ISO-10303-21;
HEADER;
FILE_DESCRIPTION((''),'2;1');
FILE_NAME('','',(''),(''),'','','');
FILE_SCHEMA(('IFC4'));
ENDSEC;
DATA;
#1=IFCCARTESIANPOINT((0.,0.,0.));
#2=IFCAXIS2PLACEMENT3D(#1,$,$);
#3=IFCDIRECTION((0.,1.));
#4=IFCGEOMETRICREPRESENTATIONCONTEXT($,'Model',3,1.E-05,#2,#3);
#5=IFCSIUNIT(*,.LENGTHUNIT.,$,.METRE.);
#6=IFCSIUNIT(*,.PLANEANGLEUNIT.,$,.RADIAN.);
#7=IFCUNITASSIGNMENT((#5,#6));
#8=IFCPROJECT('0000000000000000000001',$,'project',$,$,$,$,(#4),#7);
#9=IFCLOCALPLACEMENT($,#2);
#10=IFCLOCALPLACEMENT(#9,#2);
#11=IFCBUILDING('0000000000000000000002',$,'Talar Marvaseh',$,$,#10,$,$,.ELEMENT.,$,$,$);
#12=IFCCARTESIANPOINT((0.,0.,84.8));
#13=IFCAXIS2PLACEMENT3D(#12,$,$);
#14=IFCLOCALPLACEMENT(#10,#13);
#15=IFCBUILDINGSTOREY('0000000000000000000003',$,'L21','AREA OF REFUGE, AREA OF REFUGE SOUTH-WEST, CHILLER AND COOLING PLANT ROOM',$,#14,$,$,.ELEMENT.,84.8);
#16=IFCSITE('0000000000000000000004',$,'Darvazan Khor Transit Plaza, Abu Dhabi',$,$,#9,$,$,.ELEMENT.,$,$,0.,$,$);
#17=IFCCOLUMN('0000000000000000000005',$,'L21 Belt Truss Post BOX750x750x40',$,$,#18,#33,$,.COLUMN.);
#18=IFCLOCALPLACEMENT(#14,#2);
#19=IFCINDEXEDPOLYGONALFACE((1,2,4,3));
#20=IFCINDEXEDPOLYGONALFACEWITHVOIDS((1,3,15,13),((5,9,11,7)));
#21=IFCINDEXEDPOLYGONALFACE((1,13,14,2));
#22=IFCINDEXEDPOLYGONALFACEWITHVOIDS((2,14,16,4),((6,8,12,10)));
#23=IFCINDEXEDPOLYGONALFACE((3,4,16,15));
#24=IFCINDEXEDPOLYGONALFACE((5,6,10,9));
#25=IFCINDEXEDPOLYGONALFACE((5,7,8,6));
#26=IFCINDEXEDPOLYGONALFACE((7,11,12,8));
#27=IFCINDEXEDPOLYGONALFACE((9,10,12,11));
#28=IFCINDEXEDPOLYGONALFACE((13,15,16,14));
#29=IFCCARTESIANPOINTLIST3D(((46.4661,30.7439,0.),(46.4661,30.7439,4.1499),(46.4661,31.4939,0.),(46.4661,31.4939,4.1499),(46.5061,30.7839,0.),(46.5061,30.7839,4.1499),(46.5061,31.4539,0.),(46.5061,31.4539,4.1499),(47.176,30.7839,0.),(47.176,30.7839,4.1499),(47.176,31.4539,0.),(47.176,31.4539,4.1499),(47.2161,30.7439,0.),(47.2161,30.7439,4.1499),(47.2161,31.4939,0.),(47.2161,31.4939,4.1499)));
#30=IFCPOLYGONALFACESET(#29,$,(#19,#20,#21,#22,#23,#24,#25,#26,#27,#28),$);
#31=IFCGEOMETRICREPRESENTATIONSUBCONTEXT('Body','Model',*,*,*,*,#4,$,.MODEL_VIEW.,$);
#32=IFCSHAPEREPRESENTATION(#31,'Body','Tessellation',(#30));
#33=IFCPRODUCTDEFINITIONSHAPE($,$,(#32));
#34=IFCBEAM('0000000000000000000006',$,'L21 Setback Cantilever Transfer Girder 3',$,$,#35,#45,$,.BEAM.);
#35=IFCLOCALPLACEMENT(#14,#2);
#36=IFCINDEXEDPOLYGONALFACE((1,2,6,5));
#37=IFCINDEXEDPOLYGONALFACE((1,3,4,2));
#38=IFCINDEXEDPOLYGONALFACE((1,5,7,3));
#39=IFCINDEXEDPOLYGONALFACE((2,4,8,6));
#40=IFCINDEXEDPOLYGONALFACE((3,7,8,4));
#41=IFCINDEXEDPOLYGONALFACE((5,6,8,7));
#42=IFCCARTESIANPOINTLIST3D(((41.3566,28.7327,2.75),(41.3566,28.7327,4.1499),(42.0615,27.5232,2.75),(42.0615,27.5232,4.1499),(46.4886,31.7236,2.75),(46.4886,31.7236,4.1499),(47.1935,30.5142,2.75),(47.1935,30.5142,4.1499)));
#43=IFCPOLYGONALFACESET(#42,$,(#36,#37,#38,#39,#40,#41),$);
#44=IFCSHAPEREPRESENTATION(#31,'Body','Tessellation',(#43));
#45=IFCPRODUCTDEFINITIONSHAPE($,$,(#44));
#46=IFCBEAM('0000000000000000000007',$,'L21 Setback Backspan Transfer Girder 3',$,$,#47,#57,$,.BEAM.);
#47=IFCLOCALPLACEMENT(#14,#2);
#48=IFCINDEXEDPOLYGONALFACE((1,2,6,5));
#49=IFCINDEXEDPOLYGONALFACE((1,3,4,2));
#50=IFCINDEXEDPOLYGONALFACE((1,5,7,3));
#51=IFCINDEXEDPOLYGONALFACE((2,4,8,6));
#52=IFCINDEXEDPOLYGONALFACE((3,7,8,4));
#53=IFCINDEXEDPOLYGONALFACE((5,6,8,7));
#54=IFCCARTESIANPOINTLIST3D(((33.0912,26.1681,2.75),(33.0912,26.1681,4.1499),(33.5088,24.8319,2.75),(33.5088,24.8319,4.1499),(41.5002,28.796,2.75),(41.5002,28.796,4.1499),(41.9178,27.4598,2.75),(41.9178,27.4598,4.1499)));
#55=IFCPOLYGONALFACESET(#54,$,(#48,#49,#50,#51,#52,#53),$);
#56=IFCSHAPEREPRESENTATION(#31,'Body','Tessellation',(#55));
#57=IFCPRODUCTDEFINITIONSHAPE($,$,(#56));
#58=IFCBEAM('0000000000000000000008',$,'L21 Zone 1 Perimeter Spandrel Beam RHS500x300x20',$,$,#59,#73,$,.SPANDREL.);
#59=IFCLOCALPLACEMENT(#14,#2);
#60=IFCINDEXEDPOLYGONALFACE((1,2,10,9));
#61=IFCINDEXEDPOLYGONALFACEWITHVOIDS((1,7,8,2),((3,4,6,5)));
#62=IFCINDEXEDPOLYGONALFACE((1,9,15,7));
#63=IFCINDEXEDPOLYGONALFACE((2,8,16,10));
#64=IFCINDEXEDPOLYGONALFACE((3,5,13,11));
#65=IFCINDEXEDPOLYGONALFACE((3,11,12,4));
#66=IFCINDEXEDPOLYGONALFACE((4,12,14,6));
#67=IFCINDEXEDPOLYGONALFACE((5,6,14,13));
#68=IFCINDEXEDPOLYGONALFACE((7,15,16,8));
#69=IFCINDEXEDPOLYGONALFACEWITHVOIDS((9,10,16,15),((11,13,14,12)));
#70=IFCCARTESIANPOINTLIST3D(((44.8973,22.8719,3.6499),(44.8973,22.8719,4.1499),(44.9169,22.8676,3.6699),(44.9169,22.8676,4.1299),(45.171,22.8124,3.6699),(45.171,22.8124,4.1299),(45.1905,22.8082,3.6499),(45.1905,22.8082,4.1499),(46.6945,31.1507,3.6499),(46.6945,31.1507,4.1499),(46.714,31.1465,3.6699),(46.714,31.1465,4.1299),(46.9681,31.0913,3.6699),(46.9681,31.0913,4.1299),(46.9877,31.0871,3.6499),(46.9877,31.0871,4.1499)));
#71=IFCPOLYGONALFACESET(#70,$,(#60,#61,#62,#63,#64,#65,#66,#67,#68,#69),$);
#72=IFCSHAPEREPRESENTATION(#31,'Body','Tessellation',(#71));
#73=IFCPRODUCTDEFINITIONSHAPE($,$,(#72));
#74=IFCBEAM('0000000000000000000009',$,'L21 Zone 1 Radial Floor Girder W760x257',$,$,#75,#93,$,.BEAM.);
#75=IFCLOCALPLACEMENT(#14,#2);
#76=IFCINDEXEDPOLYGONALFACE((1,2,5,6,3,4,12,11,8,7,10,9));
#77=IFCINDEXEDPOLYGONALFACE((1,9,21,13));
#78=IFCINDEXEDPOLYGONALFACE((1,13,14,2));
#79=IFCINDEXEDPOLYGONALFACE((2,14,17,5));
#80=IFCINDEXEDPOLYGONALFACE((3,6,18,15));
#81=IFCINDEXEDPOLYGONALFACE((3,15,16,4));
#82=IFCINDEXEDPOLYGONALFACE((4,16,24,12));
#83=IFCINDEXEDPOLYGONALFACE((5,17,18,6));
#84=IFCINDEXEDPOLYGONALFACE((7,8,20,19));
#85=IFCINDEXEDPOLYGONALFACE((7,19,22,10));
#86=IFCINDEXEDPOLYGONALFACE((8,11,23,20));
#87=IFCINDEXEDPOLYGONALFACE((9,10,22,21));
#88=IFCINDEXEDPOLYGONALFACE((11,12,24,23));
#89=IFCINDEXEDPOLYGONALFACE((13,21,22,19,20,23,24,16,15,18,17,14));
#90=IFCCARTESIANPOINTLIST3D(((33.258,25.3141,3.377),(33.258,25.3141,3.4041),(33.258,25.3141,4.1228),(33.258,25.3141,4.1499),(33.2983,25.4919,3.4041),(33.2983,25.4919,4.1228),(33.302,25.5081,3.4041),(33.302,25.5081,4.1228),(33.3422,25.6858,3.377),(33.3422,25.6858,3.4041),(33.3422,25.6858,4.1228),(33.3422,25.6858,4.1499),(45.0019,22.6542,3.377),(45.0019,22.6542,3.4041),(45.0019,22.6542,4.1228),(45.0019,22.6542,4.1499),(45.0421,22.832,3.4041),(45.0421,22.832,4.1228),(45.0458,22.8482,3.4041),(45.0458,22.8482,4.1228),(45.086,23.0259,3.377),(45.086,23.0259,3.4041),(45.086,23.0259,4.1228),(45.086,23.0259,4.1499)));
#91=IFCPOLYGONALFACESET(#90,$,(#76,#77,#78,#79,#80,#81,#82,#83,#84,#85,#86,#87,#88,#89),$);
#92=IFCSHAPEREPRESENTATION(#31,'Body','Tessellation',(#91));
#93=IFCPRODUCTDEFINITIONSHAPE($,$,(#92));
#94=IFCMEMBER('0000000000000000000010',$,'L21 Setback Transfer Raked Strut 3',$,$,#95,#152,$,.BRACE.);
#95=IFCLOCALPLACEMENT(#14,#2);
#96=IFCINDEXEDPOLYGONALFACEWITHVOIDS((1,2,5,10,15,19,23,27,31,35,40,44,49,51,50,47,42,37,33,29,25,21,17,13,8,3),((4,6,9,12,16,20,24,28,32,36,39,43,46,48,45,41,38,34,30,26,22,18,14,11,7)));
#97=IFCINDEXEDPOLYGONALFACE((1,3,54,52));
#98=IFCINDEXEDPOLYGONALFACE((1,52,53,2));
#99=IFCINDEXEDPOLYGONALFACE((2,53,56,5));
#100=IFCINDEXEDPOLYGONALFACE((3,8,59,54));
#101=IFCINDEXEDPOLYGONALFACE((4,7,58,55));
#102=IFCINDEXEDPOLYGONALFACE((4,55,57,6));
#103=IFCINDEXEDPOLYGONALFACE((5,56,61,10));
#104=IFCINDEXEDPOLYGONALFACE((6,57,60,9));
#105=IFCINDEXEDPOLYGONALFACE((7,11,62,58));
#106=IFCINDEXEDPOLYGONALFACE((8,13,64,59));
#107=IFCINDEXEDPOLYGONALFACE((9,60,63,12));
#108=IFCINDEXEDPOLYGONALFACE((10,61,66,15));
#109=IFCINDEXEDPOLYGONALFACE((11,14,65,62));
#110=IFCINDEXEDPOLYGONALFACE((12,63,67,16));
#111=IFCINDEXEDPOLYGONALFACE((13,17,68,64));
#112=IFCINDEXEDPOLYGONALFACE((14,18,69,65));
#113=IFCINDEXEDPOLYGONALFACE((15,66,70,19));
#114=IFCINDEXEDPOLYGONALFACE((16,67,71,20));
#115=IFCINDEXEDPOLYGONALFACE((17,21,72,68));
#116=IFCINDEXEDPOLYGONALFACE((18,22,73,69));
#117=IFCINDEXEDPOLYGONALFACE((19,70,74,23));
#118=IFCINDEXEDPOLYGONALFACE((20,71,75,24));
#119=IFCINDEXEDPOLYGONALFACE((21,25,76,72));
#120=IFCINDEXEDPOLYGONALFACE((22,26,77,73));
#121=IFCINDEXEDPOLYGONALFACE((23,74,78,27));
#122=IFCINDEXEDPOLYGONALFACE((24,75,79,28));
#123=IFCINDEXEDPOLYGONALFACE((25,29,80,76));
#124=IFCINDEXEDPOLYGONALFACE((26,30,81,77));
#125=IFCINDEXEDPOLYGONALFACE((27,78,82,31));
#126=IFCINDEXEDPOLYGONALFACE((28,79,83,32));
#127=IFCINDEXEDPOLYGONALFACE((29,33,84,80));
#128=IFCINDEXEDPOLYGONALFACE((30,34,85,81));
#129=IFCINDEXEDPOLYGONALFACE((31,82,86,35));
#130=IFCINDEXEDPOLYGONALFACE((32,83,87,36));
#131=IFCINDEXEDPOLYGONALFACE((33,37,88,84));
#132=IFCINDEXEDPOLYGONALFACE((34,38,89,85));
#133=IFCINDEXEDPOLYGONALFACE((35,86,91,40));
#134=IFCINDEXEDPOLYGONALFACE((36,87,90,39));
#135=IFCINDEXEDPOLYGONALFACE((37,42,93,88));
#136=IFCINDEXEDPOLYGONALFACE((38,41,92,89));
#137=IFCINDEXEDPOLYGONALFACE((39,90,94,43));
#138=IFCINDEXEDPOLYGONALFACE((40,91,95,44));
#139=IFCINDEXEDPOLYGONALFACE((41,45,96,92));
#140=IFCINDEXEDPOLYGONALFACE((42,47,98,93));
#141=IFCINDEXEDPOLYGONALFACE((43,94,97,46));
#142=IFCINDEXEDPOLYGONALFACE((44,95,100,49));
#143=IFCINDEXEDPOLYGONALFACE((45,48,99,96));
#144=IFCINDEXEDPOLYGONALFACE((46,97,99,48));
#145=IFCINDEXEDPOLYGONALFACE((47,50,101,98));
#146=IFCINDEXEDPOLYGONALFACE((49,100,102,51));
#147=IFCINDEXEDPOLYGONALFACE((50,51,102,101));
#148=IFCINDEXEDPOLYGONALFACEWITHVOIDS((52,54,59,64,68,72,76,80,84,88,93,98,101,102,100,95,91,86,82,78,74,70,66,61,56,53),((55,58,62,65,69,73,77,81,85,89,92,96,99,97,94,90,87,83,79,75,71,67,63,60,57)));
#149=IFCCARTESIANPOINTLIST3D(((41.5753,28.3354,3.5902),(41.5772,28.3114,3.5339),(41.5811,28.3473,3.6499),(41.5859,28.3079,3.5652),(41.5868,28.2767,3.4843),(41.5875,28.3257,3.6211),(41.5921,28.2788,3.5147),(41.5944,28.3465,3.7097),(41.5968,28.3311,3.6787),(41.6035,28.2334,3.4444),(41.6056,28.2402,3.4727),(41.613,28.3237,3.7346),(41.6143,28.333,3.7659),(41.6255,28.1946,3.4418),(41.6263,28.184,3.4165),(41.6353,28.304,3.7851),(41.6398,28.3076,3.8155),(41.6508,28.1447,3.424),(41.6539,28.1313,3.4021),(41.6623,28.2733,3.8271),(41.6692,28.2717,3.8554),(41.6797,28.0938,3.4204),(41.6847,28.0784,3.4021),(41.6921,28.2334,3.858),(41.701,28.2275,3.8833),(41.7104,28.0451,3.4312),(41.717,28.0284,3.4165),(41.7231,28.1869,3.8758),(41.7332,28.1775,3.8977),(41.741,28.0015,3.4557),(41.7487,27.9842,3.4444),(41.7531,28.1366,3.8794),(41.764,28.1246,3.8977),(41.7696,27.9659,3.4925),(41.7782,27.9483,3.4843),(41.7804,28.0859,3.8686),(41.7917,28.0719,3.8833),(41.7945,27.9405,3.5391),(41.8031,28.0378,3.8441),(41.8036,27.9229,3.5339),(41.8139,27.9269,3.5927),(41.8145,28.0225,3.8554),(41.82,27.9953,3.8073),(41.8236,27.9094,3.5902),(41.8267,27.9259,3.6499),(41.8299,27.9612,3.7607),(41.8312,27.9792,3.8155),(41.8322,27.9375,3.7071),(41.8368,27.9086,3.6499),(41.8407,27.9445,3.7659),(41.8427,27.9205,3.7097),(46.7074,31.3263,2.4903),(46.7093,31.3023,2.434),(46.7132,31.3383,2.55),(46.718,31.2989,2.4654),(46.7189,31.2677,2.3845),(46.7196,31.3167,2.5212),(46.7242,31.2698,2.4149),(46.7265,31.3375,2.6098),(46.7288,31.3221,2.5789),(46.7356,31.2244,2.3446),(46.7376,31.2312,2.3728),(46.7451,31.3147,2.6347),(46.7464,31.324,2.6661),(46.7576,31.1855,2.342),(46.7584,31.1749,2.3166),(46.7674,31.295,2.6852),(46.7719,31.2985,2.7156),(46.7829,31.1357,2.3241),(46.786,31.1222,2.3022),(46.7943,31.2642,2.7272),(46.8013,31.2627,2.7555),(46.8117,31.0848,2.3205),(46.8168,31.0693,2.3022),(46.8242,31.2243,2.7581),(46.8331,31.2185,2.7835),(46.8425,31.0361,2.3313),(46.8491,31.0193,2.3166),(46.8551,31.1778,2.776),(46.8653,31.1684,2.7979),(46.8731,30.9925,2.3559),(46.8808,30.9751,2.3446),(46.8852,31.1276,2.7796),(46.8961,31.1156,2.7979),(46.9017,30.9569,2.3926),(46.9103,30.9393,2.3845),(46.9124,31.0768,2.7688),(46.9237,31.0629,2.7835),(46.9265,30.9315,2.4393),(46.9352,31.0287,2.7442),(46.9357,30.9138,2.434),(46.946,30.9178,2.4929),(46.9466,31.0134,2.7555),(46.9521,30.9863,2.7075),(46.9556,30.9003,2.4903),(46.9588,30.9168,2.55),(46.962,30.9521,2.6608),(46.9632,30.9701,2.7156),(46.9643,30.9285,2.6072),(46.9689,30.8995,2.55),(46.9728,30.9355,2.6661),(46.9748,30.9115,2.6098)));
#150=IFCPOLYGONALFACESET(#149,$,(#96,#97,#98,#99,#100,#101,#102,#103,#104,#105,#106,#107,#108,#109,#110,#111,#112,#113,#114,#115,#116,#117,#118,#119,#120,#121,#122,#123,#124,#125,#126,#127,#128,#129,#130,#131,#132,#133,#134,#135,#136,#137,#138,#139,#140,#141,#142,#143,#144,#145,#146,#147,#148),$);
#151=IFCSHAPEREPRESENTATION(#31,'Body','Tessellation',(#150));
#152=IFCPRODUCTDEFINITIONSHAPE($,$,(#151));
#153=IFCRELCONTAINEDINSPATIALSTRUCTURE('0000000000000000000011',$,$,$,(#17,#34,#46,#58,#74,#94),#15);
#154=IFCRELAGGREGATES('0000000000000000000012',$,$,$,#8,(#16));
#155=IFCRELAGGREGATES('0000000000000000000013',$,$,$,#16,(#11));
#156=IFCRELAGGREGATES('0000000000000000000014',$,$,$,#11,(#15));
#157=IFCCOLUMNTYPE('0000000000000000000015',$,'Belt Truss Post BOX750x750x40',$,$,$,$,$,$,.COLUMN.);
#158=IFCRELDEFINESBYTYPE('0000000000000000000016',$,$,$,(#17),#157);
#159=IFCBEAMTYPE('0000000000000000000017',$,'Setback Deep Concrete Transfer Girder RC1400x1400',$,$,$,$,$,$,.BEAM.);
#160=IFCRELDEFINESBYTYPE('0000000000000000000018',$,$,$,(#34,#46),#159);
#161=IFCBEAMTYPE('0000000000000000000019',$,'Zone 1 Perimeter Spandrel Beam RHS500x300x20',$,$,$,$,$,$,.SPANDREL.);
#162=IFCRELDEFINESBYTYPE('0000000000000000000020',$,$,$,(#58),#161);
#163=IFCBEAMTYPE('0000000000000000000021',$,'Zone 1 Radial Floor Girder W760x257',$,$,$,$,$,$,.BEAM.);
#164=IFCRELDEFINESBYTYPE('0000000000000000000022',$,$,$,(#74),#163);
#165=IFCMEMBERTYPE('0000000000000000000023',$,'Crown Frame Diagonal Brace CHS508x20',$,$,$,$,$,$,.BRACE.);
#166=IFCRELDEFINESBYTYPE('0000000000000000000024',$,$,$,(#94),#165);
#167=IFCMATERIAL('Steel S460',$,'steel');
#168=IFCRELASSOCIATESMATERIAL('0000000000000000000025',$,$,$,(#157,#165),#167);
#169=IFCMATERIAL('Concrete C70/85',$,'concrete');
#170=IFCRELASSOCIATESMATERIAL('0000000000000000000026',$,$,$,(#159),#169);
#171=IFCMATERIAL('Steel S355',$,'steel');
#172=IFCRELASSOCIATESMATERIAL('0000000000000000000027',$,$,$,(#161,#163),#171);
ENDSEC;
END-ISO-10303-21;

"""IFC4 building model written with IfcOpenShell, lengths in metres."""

from ifc_helpers import new_model, si_unit, direction, frame, origin, origin_2d, place, context, subcontext, project, spatial, rectangle, hollow_rectangle, hollow_circle, i_section, extrude, source, transform, mapped, material, material_profile, profile_set, type_object, type_shapes, element, save


model = new_model("IFC4")

# Units and contexts
model_context = context("Model", 3, precision=1e-05, world=origin(), true_north=direction((0.0, 1.0)))
body_context = subcontext(model_context, "Body", "Model", "MODEL_VIEW")
ifc_project = project(units=[si_unit("LENGTHUNIT", "METRE"), si_unit("PLANEANGLEUNIT", "RADIAN")], contexts=[model_context])

# Site, building, storey
site_placement = place(None, origin())
site = spatial("IfcSite", under=ifc_project, at=site_placement, Name="Darvazan Khor Transit Plaza, Abu Dhabi", CompositionType="ELEMENT", RefElevation=0.0)
building_placement = place(site_placement, origin())
building = spatial("IfcBuilding", under=site, at=building_placement, Name="Talar Marvaseh", CompositionType="ELEMENT")
storey_placement = place(building_placement, frame((0.0, 0.0, 84.8)))
storey = spatial("IfcBuildingStorey", under=building, at=storey_placement, Name="L21", Description="AREA OF REFUGE, AREA OF REFUGE SOUTH-WEST, CHILLER AND COOLING PLANT ROOM", CompositionType="ELEMENT", Elevation=84.8)

# Column
ifc_material_1 = material(Name="Steel S460", Category="steel")
ifc_material_profile_1 = material_profile(ifc_material_1, hollow_rectangle(XDim=0.75, YDim=0.75, WallThickness=0.04, at=origin_2d()), Name="BOX750x750x40")
ifc_profile_set_1 = profile_set([ifc_material_profile_1], Name="Steel S460")
column_type = type_object("IfcColumnType", Name="Belt Truss Post BOX750x750x40", PredefinedType="COLUMN", material=ifc_profile_set_1)
column_placement = place(storey_placement, frame((46.8411, 31.1189, 0.0), z_axis=(0.0, 0.0, 1.0), x_axis=(1.0, 0.0, 0.0)))
element("IfcColumn", 1, at=column_placement, inside=storey, type_object=column_type, Name="L21 Belt Truss Post BOX750x750x40", PredefinedType="COLUMN", context=body_context, shape_type="SweptSolid", body=[
    extrude(hollow_rectangle(XDim=0.75, YDim=0.75, WallThickness=0.04, at=origin_2d()), origin(), (0.0, 0.0, 1.0), 4.1499),
])

# Beams
ifc_material_2 = material(Name="Concrete C70/85", Category="concrete")
ifc_material_profile_2 = material_profile(ifc_material_2, rectangle(XDim=1.3999, YDim=1.3999, at=origin_2d()), Name="RC1400x1400")
ifc_profile_set_2 = profile_set([ifc_material_profile_2], Name="Concrete C70/85")
beam_type_1 = type_object("IfcBeamType", Name="Setback Deep Concrete Transfer Girder RC1400x1400", PredefinedType="BEAM", material=ifc_profile_set_2)
beam_1_placement = place(storey_placement, frame((46.8411, 31.1189, 3.45), z_axis=(-0.86398, -0.503526, 0.0), x_axis=(0.503526, -0.86398, 0.0)))
element("IfcBeam", 2, at=beam_1_placement, inside=storey, type_object=beam_type_1, Name="L21 Setback Cantilever Transfer Girder 3", PredefinedType="BEAM", context=body_context, shape_type="SweptSolid", body=[
    extrude(rectangle(XDim=1.3999, YDim=1.3999, at=origin_2d()), origin(), (0.0, 0.0, 1.0), 5.9399),
])
beam_2_placement = place(storey_placement, frame((41.709, 28.1279, 3.45), z_axis=(-0.954476, -0.298289, 0.0), x_axis=(0.298289, -0.954476, 0.0)))
element("IfcBeam", 3, at=beam_2_placement, inside=storey, type_object=beam_type_1, Name="L21 Setback Backspan Transfer Girder 3", PredefinedType="BEAM", context=body_context, shape_type="SweptSolid", body=[
    extrude(rectangle(XDim=1.3999, YDim=1.3999, at=origin_2d()), origin(), (0.0, 0.0, 1.0), 8.8101),
])
ifc_material_3 = material(Name="Steel S355", Category="steel")
ifc_material_profile_3 = material_profile(ifc_material_3, hollow_rectangle(XDim=0.3, YDim=0.5, WallThickness=0.02, at=origin_2d()), Name="RHS500x300x20")
ifc_profile_set_3 = profile_set([ifc_material_profile_3], Name="Steel S355")
beam_type_2 = type_object("IfcBeamType", Name="Zone 1 Perimeter Spandrel Beam RHS500x300x20", PredefinedType="SPANDREL", material=ifc_profile_set_3)
beam_3_placement = place(storey_placement, frame((46.8411, 31.1189, 3.8999), z_axis=(-0.212134, -0.977241, 0.0), x_axis=(0.977241, -0.212134, 0.0)))
element("IfcBeam", 4, at=beam_3_placement, inside=storey, type_object=beam_type_2, Name="L21 Zone 1 Perimeter Spandrel Beam RHS500x300x20", PredefinedType="SPANDREL", context=body_context, shape_type="SweptSolid", body=[
    extrude(hollow_rectangle(XDim=0.3, YDim=0.5, WallThickness=0.02, at=origin_2d()), origin(), (0.0, 0.0, 1.0), 8.4717),
])
ifc_material_profile_4 = material_profile(ifc_material_3, i_section(OverallWidth=0.3811, OverallDepth=0.7729, WebThickness=0.0166, FlangeThickness=0.0271, at=origin_2d()), Name="W760x257")
ifc_profile_set_4 = profile_set([ifc_material_profile_4], Name="Steel S355")
beam_type_3 = type_object("IfcBeamType", Name="Zone 1 Radial Floor Girder W760x257", PredefinedType="BEAM", material=ifc_profile_set_4)
beam_4_placement = place(storey_placement, frame((45.0439, 22.8401, 3.7634), z_axis=(-0.975297, 0.220898, 0.0), x_axis=(-0.220898, -0.975297, 0.0)))
element("IfcBeam", 5, at=beam_4_placement, inside=storey, type_object=beam_type_3, Name="L21 Zone 1 Radial Floor Girder W760x257", PredefinedType="BEAM", context=body_context, shape_type="SweptSolid", body=[
    extrude(i_section(OverallWidth=0.3811, OverallDepth=0.7729, WebThickness=0.0166, FlangeThickness=0.0271, at=origin_2d()), origin(), (0.0, 0.0, 1.0), 12.0413),
])

# Member
ifc_material_profile_5 = material_profile(ifc_material_1, hollow_circle(Radius=0.2539, WallThickness=0.02, at=origin_2d()), Name="CHS508x20")
ifc_profile_set_5 = profile_set([ifc_material_profile_5], Name="Steel S460")
member_type_1 = type_object("IfcMemberType", Name="Crown Frame Diagonal Brace CHS508x20", PredefinedType="BRACE", material=ifc_profile_set_5)
shared_shape_1 = source(origin(), body_context, "Body", "SweptSolid", [
    extrude(hollow_circle(Radius=0.2539, WallThickness=0.02, at=origin_2d()), origin(), (0.0, 0.0, 1.0), 6.041),
])
type_shapes(member_type_1, [shared_shape_1])
member_1_placement = place(storey_placement, frame((46.8411, 31.1189, 2.55), z_axis=(-0.84954, -0.49511, 0.182064), x_axis=(0.503526, -0.86398, 0.0)))
element("IfcMember", 6, at=member_1_placement, inside=storey, type_object=member_type_1, Name="L21 Setback Transfer Raked Strut 3", PredefinedType="BRACE", context=body_context, shape_type="MappedRepresentation", body=[
    mapped(shared_shape_1, transform((0.0, 0.0, 0.0), x_axis=(1.0, 0.0, 0.0), y_axis=(0.0, 1.0, 0.0), z_axis=(0.0, 0.0, 1.0), scale=1.0)),
])

save(model, "model.ifc")
